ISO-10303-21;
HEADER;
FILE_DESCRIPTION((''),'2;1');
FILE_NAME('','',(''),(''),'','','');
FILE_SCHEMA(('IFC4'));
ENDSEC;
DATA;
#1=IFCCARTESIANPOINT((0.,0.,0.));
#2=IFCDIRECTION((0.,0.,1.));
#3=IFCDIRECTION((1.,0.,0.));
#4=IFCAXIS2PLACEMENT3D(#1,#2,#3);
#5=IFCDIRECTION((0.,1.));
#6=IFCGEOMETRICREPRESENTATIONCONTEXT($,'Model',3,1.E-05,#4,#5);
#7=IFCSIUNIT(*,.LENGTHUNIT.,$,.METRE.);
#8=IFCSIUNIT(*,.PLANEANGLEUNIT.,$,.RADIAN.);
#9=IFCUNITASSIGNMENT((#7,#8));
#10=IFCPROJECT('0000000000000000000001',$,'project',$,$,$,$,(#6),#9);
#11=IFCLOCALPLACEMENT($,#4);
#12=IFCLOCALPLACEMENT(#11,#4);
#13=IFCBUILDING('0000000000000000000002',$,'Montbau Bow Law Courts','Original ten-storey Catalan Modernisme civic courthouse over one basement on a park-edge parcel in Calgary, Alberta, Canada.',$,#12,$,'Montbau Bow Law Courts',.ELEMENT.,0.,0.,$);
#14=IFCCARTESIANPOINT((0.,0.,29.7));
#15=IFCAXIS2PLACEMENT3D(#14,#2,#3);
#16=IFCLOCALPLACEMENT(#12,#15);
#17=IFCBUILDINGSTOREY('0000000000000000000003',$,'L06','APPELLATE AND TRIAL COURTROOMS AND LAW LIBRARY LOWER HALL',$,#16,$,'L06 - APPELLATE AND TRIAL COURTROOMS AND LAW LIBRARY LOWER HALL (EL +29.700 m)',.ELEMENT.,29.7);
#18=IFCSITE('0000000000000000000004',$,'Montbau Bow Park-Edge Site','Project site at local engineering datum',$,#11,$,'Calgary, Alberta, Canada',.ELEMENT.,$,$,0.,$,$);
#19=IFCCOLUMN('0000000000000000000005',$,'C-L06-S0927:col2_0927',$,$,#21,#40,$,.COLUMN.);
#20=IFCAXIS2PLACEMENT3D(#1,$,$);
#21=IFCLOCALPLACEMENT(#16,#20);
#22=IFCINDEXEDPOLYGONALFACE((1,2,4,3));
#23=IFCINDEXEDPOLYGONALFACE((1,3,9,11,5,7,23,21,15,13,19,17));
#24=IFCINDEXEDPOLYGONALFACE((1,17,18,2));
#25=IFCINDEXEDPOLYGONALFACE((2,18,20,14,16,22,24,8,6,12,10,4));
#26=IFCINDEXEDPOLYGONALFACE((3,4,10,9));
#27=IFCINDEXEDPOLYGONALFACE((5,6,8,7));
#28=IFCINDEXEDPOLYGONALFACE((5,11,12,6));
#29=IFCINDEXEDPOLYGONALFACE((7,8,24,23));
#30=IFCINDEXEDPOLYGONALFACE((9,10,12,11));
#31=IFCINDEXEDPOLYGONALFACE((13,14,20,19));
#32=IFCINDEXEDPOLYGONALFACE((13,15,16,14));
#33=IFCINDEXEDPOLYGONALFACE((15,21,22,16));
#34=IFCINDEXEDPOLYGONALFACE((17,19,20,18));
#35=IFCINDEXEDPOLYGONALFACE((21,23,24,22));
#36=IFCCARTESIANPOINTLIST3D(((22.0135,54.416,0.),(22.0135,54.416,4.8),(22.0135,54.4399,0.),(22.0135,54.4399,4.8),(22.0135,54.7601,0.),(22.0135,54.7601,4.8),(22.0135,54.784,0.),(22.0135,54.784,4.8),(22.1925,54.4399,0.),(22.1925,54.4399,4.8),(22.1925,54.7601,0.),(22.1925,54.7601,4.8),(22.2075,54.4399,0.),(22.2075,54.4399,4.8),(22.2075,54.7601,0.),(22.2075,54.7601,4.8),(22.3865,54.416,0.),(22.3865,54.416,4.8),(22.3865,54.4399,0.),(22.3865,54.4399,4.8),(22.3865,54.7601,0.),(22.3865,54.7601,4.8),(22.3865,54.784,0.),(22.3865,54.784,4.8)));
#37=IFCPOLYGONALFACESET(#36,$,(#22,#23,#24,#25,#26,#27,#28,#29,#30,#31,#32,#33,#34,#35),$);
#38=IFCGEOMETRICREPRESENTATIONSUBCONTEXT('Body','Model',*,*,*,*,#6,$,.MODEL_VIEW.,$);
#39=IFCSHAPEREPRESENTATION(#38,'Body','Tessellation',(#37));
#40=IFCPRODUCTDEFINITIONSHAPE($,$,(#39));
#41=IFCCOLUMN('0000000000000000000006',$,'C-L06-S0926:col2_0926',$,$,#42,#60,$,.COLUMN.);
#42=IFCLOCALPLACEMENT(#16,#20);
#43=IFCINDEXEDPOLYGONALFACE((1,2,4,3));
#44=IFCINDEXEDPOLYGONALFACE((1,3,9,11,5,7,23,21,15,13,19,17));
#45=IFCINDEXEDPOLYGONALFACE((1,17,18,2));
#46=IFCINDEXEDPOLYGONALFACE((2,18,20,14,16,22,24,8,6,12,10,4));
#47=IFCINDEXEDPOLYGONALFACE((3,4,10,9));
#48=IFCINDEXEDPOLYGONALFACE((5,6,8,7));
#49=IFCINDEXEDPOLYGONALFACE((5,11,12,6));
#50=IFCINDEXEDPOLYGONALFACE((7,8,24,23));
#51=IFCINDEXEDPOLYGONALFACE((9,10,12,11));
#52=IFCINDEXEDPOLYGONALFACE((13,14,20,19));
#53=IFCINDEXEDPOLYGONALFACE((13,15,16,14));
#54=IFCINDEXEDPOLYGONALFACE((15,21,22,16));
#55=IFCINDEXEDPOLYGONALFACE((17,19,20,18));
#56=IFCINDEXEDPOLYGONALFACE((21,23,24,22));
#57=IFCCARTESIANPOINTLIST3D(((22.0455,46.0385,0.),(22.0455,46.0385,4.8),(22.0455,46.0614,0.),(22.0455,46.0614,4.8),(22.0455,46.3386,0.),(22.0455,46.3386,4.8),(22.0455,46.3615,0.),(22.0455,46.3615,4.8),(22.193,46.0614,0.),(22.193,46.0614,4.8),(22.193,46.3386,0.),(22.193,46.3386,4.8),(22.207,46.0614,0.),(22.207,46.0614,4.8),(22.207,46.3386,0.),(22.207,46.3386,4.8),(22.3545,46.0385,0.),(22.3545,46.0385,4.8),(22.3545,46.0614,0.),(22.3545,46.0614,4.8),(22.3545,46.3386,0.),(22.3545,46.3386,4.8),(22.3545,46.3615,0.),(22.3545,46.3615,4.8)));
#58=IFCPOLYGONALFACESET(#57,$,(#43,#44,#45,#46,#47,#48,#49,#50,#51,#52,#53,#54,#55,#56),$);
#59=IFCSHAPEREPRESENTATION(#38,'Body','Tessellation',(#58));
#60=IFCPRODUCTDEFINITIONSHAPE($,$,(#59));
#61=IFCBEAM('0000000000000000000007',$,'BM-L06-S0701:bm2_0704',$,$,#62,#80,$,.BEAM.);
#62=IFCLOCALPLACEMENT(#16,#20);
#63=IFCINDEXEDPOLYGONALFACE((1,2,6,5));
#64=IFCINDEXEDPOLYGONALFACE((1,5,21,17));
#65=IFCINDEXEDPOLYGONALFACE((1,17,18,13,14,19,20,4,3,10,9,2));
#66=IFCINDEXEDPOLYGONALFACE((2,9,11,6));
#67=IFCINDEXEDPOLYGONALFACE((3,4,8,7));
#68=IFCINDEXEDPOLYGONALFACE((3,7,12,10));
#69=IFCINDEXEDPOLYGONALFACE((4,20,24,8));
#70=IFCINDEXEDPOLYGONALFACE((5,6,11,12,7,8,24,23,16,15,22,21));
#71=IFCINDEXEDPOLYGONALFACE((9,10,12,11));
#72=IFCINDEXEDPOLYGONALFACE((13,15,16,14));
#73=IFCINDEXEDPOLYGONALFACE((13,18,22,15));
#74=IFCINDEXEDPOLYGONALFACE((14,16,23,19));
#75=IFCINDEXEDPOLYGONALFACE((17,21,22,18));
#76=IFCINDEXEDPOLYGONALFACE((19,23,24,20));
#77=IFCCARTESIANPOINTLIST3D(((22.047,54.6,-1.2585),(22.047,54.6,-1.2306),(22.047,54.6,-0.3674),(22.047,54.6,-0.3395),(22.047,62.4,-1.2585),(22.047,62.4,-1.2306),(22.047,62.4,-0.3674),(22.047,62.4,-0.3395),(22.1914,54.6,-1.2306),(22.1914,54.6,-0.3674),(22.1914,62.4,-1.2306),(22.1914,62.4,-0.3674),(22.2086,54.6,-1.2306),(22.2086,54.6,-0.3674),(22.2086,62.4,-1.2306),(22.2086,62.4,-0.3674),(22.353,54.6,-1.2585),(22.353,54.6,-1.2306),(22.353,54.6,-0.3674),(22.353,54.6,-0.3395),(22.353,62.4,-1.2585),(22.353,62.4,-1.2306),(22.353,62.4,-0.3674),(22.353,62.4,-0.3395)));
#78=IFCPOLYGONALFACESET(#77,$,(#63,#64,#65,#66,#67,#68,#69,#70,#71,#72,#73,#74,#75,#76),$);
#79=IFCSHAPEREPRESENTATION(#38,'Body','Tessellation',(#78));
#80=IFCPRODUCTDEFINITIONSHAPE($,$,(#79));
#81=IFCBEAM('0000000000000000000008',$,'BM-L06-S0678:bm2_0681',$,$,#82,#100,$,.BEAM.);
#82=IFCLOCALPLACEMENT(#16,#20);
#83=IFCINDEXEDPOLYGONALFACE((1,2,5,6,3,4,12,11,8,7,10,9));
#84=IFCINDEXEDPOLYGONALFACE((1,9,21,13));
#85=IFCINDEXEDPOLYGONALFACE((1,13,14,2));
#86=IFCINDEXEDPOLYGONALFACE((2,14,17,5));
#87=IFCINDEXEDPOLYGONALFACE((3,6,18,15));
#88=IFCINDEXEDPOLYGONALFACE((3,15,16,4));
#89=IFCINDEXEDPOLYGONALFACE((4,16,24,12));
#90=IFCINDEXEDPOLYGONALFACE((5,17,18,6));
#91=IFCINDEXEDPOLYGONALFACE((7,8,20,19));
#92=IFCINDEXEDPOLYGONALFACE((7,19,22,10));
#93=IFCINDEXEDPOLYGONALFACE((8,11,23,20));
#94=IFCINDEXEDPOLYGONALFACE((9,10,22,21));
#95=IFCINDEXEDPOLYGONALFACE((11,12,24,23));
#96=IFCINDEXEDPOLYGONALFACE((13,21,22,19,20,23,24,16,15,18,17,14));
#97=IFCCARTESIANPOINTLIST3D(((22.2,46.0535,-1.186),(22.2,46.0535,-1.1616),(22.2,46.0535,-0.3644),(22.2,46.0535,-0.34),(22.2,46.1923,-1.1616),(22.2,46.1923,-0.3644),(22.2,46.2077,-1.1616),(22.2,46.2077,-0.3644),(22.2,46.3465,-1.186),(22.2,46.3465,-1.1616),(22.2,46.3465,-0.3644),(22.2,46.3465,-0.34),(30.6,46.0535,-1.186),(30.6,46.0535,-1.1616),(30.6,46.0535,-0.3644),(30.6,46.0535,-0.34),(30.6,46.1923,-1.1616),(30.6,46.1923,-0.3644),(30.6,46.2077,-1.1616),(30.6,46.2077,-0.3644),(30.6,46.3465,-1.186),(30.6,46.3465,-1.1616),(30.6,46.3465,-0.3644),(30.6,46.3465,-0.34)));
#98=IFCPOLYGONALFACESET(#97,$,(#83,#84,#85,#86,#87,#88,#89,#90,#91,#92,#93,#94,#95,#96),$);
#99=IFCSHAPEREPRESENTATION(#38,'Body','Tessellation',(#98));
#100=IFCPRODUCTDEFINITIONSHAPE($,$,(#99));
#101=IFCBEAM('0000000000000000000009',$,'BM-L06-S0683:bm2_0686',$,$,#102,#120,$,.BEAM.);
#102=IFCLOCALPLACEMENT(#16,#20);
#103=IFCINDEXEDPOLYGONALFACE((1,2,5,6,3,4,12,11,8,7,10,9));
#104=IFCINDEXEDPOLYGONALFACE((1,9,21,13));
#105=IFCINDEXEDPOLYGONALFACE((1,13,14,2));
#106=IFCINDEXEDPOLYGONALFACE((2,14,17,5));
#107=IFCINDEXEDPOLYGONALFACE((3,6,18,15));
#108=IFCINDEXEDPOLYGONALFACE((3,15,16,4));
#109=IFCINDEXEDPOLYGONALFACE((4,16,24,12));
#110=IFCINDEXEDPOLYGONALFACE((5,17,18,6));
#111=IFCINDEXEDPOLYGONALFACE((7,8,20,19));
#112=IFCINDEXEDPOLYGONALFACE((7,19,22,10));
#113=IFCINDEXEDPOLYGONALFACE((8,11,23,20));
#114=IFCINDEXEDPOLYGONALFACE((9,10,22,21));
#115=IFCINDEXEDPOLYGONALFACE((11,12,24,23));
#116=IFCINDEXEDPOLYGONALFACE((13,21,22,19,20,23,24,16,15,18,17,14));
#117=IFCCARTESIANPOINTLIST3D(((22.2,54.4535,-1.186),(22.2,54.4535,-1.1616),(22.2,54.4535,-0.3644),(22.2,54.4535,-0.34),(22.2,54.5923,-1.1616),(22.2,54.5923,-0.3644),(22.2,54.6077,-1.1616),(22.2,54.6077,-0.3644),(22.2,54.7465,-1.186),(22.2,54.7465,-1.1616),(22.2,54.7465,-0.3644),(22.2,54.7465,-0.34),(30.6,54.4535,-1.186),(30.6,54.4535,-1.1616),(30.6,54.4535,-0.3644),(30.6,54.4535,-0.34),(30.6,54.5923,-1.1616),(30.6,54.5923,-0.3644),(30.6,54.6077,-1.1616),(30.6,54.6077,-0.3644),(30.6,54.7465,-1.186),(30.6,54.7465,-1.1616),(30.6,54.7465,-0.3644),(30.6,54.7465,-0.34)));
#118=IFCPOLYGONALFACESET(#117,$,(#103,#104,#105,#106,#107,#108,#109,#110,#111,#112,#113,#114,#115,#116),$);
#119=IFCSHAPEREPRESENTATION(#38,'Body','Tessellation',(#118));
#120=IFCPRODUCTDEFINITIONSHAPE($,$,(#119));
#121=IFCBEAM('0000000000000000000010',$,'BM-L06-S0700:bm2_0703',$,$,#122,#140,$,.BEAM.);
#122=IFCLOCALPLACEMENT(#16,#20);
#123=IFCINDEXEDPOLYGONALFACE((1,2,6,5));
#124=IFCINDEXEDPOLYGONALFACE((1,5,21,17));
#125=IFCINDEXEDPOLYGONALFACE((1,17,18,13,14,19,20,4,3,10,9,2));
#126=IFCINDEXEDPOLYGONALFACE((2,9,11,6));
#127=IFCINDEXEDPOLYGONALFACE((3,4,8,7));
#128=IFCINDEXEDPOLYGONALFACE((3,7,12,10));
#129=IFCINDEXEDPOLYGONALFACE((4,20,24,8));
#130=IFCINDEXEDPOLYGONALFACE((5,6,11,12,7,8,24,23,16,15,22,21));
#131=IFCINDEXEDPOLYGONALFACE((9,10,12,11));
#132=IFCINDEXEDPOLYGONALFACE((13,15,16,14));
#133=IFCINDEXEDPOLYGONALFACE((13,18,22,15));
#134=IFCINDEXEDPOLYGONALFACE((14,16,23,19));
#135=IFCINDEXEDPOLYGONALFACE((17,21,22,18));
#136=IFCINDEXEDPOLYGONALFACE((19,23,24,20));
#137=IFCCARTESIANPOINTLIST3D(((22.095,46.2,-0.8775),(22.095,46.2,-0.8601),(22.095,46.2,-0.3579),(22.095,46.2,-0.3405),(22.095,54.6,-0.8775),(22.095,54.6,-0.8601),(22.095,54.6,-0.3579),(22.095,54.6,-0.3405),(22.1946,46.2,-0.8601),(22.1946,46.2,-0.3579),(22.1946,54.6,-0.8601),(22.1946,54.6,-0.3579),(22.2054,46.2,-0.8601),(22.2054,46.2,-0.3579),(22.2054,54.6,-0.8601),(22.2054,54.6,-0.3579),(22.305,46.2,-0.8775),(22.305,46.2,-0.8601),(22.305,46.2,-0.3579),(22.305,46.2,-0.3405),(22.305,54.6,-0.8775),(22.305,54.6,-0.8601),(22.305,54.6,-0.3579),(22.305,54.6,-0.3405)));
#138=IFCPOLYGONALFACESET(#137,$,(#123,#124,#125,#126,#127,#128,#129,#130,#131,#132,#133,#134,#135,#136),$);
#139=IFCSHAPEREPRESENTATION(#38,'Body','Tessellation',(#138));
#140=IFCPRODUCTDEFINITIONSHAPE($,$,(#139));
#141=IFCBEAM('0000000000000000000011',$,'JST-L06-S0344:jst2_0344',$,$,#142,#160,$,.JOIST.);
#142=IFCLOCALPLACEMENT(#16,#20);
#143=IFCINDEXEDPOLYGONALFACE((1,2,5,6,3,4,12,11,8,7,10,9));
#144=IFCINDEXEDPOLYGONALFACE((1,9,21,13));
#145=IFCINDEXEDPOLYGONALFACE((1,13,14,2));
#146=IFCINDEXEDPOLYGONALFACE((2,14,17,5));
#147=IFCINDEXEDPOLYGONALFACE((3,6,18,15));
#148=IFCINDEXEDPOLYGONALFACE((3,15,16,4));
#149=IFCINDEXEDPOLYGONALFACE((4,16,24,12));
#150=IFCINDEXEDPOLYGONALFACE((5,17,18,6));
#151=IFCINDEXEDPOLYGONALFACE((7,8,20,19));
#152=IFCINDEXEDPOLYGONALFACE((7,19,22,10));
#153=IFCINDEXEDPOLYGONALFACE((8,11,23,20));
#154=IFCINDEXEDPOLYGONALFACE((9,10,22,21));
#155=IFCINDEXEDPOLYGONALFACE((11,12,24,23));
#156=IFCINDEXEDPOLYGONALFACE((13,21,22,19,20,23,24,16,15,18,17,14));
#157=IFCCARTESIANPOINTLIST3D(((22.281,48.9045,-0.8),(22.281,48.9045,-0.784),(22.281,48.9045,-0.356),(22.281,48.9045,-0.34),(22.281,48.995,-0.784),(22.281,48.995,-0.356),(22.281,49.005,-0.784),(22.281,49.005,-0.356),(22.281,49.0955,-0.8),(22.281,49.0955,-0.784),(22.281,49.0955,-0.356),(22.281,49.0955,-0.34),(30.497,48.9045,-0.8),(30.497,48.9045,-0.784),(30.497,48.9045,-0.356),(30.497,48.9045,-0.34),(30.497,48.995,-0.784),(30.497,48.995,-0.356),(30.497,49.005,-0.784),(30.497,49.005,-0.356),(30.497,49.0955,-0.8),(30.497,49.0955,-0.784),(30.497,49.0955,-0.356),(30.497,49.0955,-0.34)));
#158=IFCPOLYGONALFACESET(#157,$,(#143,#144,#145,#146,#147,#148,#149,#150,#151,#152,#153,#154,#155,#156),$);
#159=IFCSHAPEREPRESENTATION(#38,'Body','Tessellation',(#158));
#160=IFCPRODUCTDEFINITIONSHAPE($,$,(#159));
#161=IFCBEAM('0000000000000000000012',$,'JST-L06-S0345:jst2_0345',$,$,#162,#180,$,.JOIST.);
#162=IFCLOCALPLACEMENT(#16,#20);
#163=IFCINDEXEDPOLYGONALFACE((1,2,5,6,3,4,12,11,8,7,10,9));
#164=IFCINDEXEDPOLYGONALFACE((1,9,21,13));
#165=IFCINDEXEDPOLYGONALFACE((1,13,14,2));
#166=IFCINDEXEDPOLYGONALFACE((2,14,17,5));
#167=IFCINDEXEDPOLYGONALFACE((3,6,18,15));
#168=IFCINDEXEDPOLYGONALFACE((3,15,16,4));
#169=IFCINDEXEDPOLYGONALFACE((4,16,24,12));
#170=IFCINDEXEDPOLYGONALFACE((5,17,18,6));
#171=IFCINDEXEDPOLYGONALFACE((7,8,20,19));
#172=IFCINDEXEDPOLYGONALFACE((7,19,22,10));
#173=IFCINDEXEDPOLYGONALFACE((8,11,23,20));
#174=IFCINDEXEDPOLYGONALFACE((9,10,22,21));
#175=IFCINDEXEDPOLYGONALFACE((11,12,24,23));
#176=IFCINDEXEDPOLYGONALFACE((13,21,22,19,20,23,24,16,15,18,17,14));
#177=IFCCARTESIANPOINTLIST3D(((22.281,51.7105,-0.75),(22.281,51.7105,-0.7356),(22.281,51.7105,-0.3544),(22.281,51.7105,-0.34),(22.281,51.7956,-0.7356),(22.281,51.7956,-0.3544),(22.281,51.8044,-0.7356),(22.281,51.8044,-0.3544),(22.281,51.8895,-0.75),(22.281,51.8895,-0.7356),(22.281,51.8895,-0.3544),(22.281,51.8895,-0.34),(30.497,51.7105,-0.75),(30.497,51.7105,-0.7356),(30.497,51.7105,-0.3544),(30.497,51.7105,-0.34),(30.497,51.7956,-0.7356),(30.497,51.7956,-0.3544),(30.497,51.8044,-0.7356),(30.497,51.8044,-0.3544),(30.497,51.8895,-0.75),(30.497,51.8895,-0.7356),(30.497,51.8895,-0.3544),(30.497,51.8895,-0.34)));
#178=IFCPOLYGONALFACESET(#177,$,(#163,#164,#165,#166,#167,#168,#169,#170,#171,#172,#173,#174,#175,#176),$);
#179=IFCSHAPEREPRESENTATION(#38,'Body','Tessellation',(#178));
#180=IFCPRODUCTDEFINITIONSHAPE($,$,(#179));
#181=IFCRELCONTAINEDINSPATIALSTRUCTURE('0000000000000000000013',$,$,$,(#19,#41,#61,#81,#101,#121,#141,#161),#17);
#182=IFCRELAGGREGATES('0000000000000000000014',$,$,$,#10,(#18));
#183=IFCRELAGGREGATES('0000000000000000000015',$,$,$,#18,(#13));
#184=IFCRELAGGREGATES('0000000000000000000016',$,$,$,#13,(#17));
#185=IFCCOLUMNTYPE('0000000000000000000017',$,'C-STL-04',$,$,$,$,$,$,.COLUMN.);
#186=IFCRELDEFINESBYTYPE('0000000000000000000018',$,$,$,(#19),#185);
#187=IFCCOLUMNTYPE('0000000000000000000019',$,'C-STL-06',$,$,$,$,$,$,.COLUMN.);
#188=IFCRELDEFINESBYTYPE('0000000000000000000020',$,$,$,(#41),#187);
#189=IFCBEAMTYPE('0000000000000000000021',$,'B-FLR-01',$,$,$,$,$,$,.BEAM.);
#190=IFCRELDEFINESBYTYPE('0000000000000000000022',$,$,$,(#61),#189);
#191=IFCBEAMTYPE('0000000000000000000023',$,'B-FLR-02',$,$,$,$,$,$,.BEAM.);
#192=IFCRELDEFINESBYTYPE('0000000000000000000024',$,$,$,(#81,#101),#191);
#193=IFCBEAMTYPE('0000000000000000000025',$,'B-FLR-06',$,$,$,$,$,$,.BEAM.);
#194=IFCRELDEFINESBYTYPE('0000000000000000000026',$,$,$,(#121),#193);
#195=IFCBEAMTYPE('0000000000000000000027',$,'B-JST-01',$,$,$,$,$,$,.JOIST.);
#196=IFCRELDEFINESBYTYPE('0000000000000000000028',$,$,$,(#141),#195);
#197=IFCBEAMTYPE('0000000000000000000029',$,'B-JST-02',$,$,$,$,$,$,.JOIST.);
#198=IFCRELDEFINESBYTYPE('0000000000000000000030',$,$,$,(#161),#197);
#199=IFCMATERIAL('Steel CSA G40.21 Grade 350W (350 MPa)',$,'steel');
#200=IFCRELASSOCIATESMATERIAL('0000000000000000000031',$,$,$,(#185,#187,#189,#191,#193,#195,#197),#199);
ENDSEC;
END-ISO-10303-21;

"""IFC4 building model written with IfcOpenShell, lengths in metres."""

from ifc_helpers import new_model, si_unit, direction, frame, origin_with_axes, origin_2d_with_axis, place, context, subcontext, project, spatial, i_section, extrude, material, material_profile, profile_set, type_object, element, save


model = new_model("IFC4")

# Units and contexts
model_context = context("Model", 3, precision=1e-05, world=origin_with_axes(), true_north=direction((0.0, 1.0)))
body_context = subcontext(model_context, "Body", "Model", "MODEL_VIEW")
ifc_project = project(units=[si_unit("LENGTHUNIT", "METRE"), si_unit("PLANEANGLEUNIT", "RADIAN")], contexts=[model_context])

# Site, building, storey
site_placement = place(None, origin_with_axes())
site = spatial("IfcSite", under=ifc_project, at=site_placement, Name="Montbau Bow Park-Edge Site", Description="Project site at local engineering datum", LongName="Calgary, Alberta, Canada", CompositionType="ELEMENT", RefElevation=0.0)
building_placement = place(site_placement, origin_with_axes())
building = spatial("IfcBuilding", under=site, at=building_placement, Name="Montbau Bow Law Courts", Description="Original ten-storey Catalan Modernisme civic courthouse over one basement on a park-edge parcel in Calgary, Alberta, Canada.", LongName="Montbau Bow Law Courts", CompositionType="ELEMENT", ElevationOfRefHeight=0.0, ElevationOfTerrain=0.0)
storey_placement = place(building_placement, frame((0.0, 0.0, 29.7), z_axis=(0.0, 0.0, 1.0), x_axis=(1.0, 0.0, 0.0)))
storey = spatial("IfcBuildingStorey", under=building, at=storey_placement, Name="L06", Description="APPELLATE AND TRIAL COURTROOMS AND LAW LIBRARY LOWER HALL", LongName="L06 - APPELLATE AND TRIAL COURTROOMS AND LAW LIBRARY LOWER HALL (EL +29.700 m)", CompositionType="ELEMENT", Elevation=29.7)

# Columns
ifc_material_1 = material(Name="Steel CSA G40.21 Grade 350W (350 MPa)", Category="steel")
ifc_material_profile_1 = material_profile(ifc_material_1, i_section(OverallWidth=0.373, OverallDepth=0.368, WebThickness=0.015, FlangeThickness=0.0239, at=origin_2d_with_axis()), Name="W360X179", Category="Main", Priority=0)
ifc_profile_set_1 = profile_set([ifc_material_profile_1], Name="Steel CSA G40.21 Grade 350W (350 MPa)")
column_type_1 = type_object("IfcColumnType", Name="C-STL-04", PredefinedType="COLUMN", material=ifc_profile_set_1)
column_1_placement = place(None, frame((22.2, 54.6, 29.7), z_axis=(0.0, 0.0, 1.0), x_axis=(1.0, 0.0, 0.0)))
element("IfcColumn", 1, at=column_1_placement, inside=storey, type_object=column_type_1, Name="C-L06-S0927:col2_0927", PredefinedType="COLUMN", context=body_context, shape_type="SweptSolid", body=[
    extrude(i_section(OverallWidth=0.373, OverallDepth=0.368, WebThickness=0.015, FlangeThickness=0.0239, at=origin_2d_with_axis()), origin_with_axes(), (0.0, 0.0, 1.0), 4.8),
])
ifc_material_profile_2 = material_profile(ifc_material_1, i_section(OverallWidth=0.309, OverallDepth=0.323, WebThickness=0.014, FlangeThickness=0.0229, at=origin_2d_with_axis()), Name="W310X143", Category="Main", Priority=0)
ifc_profile_set_2 = profile_set([ifc_material_profile_2], Name="Steel CSA G40.21 Grade 350W (350 MPa)")
column_type_2 = type_object("IfcColumnType", Name="C-STL-06", PredefinedType="COLUMN", material=ifc_profile_set_2)
column_2_placement = place(None, frame((22.2, 46.2, 29.7), z_axis=(0.0, 0.0, 1.0), x_axis=(1.0, 0.0, 0.0)))
element("IfcColumn", 2, at=column_2_placement, inside=storey, type_object=column_type_2, Name="C-L06-S0926:col2_0926", PredefinedType="COLUMN", context=body_context, shape_type="SweptSolid", body=[
    extrude(i_section(OverallWidth=0.309, OverallDepth=0.323, WebThickness=0.014, FlangeThickness=0.0229, at=origin_2d_with_axis()), origin_with_axes(), (0.0, 0.0, 1.0), 4.8),
])

# Beams
ifc_material_profile_3 = material_profile(ifc_material_1, i_section(OverallWidth=0.306, OverallDepth=0.919, WebThickness=0.0173, FlangeThickness=0.0279, at=origin_2d_with_axis()), Name="W920X253", Category="Main", Priority=0)
ifc_profile_set_3 = profile_set([ifc_material_profile_3], Name="Steel CSA G40.21 Grade 350W (350 MPa)")
beam_type_1 = type_object("IfcBeamType", Name="B-FLR-01", PredefinedType="BEAM", material=ifc_profile_set_3)
beam_1_placement = place(None, frame((22.2, 54.6, 28.901), z_axis=(0.0, 1.0, 0.0), x_axis=(-1.0, 0.0, 0.0)))
element("IfcBeam", 3, at=beam_1_placement, inside=storey, type_object=beam_type_1, Name="BM-L06-S0701:bm2_0704", PredefinedType="BEAM", context=body_context, shape_type="SweptSolid", body=[
    extrude(i_section(OverallWidth=0.306, OverallDepth=0.919, WebThickness=0.0173, FlangeThickness=0.0279, at=origin_2d_with_axis()), origin_with_axes(), (0.0, 0.0, 1.0), 7.8),
])
ifc_material_profile_4 = material_profile(ifc_material_1, i_section(OverallWidth=0.293, OverallDepth=0.846, WebThickness=0.0154, FlangeThickness=0.0244, at=origin_2d_with_axis()), Name="W840X210", Category="Main", Priority=0)
ifc_profile_set_4 = profile_set([ifc_material_profile_4], Name="Steel CSA G40.21 Grade 350W (350 MPa)")
beam_type_2 = type_object("IfcBeamType", Name="B-FLR-02", PredefinedType="BEAM", material=ifc_profile_set_4)
for number, where, z_axis, x_axis, name in (
    (4, (22.2, 46.2, 28.937), (1.0, 0.0, 0.0), (0.0, 1.0, 0.0), "BM-L06-S0678:bm2_0681"),
    (5, (22.2, 54.6, 28.937), (1.0, 0.0, 0.0), (0.0, 1.0, 0.0), "BM-L06-S0683:bm2_0686"),
):
    element("IfcBeam", number, at=place(None, frame(where, z_axis=z_axis, x_axis=x_axis)), inside=storey, type_object=beam_type_2, Name=name, PredefinedType="BEAM", context=body_context, shape_type="SweptSolid", body=[
        extrude(i_section(OverallWidth=0.293, OverallDepth=0.846, WebThickness=0.0154, FlangeThickness=0.0244, at=origin_2d_with_axis()), origin_with_axes(), (0.0, 0.0, 1.0), 8.4),
    ])
ifc_material_profile_5 = material_profile(ifc_material_1, i_section(OverallWidth=0.21, OverallDepth=0.537, WebThickness=0.0109, FlangeThickness=0.0174, at=origin_2d_with_axis()), Name="W530X101", Category="Main", Priority=0)
ifc_profile_set_5 = profile_set([ifc_material_profile_5], Name="Steel CSA G40.21 Grade 350W (350 MPa)")
beam_type_3 = type_object("IfcBeamType", Name="B-FLR-06", PredefinedType="BEAM", material=ifc_profile_set_5)
beam_2_placement = place(None, frame((22.2, 46.2, 29.091), z_axis=(0.0, 1.0, 0.0), x_axis=(-1.0, 0.0, 0.0)))
element("IfcBeam", 6, at=beam_2_placement, inside=storey, type_object=beam_type_3, Name="BM-L06-S0700:bm2_0703", PredefinedType="BEAM", context=body_context, shape_type="SweptSolid", body=[
    extrude(i_section(OverallWidth=0.21, OverallDepth=0.537, WebThickness=0.0109, FlangeThickness=0.0174, at=origin_2d_with_axis()), origin_with_axes(), (0.0, 0.0, 1.0), 8.4),
])
ifc_material_profile_6 = material_profile(ifc_material_1, i_section(OverallWidth=0.191, OverallDepth=0.46, WebThickness=0.0099, FlangeThickness=0.016, at=origin_2d_with_axis()), Name="W460X82", Category="Main", Priority=0)
ifc_profile_set_6 = profile_set([ifc_material_profile_6], Name="Steel CSA G40.21 Grade 350W (350 MPa)")
beam_type_4 = type_object("IfcBeamType", Name="B-JST-01", PredefinedType="JOIST", material=ifc_profile_set_6)
beam_3_placement = place(None, frame((22.281, 49.0, 29.13), z_axis=(1.0, 0.0, 0.0), x_axis=(0.0, 1.0, 0.0)))
element("IfcBeam", 7, at=beam_3_placement, inside=storey, type_object=beam_type_4, Name="JST-L06-S0344:jst2_0344", PredefinedType="JOIST", context=body_context, shape_type="SweptSolid", body=[
    extrude(i_section(OverallWidth=0.191, OverallDepth=0.46, WebThickness=0.0099, FlangeThickness=0.016, at=origin_2d_with_axis()), origin_with_axes(), (0.0, 0.0, 1.0), 8.216),
])
ifc_material_profile_7 = material_profile(ifc_material_1, i_section(OverallWidth=0.179, OverallDepth=0.41, WebThickness=0.0088, FlangeThickness=0.0144, at=origin_2d_with_axis()), Name="W410X67", Category="Main", Priority=0)
ifc_profile_set_7 = profile_set([ifc_material_profile_7], Name="Steel CSA G40.21 Grade 350W (350 MPa)")
beam_type_5 = type_object("IfcBeamType", Name="B-JST-02", PredefinedType="JOIST", material=ifc_profile_set_7)
beam_4_placement = place(None, frame((22.281, 51.8, 29.155), z_axis=(1.0, 0.0, 0.0), x_axis=(0.0, 1.0, 0.0)))
element("IfcBeam", 8, at=beam_4_placement, inside=storey, type_object=beam_type_5, Name="JST-L06-S0345:jst2_0345", PredefinedType="JOIST", context=body_context, shape_type="SweptSolid", body=[
    extrude(i_section(OverallWidth=0.179, OverallDepth=0.41, WebThickness=0.0088, FlangeThickness=0.0144, at=origin_2d_with_axis()), origin_with_axes(), (0.0, 0.0, 1.0), 8.216),
])

save(model, "model.ifc")
